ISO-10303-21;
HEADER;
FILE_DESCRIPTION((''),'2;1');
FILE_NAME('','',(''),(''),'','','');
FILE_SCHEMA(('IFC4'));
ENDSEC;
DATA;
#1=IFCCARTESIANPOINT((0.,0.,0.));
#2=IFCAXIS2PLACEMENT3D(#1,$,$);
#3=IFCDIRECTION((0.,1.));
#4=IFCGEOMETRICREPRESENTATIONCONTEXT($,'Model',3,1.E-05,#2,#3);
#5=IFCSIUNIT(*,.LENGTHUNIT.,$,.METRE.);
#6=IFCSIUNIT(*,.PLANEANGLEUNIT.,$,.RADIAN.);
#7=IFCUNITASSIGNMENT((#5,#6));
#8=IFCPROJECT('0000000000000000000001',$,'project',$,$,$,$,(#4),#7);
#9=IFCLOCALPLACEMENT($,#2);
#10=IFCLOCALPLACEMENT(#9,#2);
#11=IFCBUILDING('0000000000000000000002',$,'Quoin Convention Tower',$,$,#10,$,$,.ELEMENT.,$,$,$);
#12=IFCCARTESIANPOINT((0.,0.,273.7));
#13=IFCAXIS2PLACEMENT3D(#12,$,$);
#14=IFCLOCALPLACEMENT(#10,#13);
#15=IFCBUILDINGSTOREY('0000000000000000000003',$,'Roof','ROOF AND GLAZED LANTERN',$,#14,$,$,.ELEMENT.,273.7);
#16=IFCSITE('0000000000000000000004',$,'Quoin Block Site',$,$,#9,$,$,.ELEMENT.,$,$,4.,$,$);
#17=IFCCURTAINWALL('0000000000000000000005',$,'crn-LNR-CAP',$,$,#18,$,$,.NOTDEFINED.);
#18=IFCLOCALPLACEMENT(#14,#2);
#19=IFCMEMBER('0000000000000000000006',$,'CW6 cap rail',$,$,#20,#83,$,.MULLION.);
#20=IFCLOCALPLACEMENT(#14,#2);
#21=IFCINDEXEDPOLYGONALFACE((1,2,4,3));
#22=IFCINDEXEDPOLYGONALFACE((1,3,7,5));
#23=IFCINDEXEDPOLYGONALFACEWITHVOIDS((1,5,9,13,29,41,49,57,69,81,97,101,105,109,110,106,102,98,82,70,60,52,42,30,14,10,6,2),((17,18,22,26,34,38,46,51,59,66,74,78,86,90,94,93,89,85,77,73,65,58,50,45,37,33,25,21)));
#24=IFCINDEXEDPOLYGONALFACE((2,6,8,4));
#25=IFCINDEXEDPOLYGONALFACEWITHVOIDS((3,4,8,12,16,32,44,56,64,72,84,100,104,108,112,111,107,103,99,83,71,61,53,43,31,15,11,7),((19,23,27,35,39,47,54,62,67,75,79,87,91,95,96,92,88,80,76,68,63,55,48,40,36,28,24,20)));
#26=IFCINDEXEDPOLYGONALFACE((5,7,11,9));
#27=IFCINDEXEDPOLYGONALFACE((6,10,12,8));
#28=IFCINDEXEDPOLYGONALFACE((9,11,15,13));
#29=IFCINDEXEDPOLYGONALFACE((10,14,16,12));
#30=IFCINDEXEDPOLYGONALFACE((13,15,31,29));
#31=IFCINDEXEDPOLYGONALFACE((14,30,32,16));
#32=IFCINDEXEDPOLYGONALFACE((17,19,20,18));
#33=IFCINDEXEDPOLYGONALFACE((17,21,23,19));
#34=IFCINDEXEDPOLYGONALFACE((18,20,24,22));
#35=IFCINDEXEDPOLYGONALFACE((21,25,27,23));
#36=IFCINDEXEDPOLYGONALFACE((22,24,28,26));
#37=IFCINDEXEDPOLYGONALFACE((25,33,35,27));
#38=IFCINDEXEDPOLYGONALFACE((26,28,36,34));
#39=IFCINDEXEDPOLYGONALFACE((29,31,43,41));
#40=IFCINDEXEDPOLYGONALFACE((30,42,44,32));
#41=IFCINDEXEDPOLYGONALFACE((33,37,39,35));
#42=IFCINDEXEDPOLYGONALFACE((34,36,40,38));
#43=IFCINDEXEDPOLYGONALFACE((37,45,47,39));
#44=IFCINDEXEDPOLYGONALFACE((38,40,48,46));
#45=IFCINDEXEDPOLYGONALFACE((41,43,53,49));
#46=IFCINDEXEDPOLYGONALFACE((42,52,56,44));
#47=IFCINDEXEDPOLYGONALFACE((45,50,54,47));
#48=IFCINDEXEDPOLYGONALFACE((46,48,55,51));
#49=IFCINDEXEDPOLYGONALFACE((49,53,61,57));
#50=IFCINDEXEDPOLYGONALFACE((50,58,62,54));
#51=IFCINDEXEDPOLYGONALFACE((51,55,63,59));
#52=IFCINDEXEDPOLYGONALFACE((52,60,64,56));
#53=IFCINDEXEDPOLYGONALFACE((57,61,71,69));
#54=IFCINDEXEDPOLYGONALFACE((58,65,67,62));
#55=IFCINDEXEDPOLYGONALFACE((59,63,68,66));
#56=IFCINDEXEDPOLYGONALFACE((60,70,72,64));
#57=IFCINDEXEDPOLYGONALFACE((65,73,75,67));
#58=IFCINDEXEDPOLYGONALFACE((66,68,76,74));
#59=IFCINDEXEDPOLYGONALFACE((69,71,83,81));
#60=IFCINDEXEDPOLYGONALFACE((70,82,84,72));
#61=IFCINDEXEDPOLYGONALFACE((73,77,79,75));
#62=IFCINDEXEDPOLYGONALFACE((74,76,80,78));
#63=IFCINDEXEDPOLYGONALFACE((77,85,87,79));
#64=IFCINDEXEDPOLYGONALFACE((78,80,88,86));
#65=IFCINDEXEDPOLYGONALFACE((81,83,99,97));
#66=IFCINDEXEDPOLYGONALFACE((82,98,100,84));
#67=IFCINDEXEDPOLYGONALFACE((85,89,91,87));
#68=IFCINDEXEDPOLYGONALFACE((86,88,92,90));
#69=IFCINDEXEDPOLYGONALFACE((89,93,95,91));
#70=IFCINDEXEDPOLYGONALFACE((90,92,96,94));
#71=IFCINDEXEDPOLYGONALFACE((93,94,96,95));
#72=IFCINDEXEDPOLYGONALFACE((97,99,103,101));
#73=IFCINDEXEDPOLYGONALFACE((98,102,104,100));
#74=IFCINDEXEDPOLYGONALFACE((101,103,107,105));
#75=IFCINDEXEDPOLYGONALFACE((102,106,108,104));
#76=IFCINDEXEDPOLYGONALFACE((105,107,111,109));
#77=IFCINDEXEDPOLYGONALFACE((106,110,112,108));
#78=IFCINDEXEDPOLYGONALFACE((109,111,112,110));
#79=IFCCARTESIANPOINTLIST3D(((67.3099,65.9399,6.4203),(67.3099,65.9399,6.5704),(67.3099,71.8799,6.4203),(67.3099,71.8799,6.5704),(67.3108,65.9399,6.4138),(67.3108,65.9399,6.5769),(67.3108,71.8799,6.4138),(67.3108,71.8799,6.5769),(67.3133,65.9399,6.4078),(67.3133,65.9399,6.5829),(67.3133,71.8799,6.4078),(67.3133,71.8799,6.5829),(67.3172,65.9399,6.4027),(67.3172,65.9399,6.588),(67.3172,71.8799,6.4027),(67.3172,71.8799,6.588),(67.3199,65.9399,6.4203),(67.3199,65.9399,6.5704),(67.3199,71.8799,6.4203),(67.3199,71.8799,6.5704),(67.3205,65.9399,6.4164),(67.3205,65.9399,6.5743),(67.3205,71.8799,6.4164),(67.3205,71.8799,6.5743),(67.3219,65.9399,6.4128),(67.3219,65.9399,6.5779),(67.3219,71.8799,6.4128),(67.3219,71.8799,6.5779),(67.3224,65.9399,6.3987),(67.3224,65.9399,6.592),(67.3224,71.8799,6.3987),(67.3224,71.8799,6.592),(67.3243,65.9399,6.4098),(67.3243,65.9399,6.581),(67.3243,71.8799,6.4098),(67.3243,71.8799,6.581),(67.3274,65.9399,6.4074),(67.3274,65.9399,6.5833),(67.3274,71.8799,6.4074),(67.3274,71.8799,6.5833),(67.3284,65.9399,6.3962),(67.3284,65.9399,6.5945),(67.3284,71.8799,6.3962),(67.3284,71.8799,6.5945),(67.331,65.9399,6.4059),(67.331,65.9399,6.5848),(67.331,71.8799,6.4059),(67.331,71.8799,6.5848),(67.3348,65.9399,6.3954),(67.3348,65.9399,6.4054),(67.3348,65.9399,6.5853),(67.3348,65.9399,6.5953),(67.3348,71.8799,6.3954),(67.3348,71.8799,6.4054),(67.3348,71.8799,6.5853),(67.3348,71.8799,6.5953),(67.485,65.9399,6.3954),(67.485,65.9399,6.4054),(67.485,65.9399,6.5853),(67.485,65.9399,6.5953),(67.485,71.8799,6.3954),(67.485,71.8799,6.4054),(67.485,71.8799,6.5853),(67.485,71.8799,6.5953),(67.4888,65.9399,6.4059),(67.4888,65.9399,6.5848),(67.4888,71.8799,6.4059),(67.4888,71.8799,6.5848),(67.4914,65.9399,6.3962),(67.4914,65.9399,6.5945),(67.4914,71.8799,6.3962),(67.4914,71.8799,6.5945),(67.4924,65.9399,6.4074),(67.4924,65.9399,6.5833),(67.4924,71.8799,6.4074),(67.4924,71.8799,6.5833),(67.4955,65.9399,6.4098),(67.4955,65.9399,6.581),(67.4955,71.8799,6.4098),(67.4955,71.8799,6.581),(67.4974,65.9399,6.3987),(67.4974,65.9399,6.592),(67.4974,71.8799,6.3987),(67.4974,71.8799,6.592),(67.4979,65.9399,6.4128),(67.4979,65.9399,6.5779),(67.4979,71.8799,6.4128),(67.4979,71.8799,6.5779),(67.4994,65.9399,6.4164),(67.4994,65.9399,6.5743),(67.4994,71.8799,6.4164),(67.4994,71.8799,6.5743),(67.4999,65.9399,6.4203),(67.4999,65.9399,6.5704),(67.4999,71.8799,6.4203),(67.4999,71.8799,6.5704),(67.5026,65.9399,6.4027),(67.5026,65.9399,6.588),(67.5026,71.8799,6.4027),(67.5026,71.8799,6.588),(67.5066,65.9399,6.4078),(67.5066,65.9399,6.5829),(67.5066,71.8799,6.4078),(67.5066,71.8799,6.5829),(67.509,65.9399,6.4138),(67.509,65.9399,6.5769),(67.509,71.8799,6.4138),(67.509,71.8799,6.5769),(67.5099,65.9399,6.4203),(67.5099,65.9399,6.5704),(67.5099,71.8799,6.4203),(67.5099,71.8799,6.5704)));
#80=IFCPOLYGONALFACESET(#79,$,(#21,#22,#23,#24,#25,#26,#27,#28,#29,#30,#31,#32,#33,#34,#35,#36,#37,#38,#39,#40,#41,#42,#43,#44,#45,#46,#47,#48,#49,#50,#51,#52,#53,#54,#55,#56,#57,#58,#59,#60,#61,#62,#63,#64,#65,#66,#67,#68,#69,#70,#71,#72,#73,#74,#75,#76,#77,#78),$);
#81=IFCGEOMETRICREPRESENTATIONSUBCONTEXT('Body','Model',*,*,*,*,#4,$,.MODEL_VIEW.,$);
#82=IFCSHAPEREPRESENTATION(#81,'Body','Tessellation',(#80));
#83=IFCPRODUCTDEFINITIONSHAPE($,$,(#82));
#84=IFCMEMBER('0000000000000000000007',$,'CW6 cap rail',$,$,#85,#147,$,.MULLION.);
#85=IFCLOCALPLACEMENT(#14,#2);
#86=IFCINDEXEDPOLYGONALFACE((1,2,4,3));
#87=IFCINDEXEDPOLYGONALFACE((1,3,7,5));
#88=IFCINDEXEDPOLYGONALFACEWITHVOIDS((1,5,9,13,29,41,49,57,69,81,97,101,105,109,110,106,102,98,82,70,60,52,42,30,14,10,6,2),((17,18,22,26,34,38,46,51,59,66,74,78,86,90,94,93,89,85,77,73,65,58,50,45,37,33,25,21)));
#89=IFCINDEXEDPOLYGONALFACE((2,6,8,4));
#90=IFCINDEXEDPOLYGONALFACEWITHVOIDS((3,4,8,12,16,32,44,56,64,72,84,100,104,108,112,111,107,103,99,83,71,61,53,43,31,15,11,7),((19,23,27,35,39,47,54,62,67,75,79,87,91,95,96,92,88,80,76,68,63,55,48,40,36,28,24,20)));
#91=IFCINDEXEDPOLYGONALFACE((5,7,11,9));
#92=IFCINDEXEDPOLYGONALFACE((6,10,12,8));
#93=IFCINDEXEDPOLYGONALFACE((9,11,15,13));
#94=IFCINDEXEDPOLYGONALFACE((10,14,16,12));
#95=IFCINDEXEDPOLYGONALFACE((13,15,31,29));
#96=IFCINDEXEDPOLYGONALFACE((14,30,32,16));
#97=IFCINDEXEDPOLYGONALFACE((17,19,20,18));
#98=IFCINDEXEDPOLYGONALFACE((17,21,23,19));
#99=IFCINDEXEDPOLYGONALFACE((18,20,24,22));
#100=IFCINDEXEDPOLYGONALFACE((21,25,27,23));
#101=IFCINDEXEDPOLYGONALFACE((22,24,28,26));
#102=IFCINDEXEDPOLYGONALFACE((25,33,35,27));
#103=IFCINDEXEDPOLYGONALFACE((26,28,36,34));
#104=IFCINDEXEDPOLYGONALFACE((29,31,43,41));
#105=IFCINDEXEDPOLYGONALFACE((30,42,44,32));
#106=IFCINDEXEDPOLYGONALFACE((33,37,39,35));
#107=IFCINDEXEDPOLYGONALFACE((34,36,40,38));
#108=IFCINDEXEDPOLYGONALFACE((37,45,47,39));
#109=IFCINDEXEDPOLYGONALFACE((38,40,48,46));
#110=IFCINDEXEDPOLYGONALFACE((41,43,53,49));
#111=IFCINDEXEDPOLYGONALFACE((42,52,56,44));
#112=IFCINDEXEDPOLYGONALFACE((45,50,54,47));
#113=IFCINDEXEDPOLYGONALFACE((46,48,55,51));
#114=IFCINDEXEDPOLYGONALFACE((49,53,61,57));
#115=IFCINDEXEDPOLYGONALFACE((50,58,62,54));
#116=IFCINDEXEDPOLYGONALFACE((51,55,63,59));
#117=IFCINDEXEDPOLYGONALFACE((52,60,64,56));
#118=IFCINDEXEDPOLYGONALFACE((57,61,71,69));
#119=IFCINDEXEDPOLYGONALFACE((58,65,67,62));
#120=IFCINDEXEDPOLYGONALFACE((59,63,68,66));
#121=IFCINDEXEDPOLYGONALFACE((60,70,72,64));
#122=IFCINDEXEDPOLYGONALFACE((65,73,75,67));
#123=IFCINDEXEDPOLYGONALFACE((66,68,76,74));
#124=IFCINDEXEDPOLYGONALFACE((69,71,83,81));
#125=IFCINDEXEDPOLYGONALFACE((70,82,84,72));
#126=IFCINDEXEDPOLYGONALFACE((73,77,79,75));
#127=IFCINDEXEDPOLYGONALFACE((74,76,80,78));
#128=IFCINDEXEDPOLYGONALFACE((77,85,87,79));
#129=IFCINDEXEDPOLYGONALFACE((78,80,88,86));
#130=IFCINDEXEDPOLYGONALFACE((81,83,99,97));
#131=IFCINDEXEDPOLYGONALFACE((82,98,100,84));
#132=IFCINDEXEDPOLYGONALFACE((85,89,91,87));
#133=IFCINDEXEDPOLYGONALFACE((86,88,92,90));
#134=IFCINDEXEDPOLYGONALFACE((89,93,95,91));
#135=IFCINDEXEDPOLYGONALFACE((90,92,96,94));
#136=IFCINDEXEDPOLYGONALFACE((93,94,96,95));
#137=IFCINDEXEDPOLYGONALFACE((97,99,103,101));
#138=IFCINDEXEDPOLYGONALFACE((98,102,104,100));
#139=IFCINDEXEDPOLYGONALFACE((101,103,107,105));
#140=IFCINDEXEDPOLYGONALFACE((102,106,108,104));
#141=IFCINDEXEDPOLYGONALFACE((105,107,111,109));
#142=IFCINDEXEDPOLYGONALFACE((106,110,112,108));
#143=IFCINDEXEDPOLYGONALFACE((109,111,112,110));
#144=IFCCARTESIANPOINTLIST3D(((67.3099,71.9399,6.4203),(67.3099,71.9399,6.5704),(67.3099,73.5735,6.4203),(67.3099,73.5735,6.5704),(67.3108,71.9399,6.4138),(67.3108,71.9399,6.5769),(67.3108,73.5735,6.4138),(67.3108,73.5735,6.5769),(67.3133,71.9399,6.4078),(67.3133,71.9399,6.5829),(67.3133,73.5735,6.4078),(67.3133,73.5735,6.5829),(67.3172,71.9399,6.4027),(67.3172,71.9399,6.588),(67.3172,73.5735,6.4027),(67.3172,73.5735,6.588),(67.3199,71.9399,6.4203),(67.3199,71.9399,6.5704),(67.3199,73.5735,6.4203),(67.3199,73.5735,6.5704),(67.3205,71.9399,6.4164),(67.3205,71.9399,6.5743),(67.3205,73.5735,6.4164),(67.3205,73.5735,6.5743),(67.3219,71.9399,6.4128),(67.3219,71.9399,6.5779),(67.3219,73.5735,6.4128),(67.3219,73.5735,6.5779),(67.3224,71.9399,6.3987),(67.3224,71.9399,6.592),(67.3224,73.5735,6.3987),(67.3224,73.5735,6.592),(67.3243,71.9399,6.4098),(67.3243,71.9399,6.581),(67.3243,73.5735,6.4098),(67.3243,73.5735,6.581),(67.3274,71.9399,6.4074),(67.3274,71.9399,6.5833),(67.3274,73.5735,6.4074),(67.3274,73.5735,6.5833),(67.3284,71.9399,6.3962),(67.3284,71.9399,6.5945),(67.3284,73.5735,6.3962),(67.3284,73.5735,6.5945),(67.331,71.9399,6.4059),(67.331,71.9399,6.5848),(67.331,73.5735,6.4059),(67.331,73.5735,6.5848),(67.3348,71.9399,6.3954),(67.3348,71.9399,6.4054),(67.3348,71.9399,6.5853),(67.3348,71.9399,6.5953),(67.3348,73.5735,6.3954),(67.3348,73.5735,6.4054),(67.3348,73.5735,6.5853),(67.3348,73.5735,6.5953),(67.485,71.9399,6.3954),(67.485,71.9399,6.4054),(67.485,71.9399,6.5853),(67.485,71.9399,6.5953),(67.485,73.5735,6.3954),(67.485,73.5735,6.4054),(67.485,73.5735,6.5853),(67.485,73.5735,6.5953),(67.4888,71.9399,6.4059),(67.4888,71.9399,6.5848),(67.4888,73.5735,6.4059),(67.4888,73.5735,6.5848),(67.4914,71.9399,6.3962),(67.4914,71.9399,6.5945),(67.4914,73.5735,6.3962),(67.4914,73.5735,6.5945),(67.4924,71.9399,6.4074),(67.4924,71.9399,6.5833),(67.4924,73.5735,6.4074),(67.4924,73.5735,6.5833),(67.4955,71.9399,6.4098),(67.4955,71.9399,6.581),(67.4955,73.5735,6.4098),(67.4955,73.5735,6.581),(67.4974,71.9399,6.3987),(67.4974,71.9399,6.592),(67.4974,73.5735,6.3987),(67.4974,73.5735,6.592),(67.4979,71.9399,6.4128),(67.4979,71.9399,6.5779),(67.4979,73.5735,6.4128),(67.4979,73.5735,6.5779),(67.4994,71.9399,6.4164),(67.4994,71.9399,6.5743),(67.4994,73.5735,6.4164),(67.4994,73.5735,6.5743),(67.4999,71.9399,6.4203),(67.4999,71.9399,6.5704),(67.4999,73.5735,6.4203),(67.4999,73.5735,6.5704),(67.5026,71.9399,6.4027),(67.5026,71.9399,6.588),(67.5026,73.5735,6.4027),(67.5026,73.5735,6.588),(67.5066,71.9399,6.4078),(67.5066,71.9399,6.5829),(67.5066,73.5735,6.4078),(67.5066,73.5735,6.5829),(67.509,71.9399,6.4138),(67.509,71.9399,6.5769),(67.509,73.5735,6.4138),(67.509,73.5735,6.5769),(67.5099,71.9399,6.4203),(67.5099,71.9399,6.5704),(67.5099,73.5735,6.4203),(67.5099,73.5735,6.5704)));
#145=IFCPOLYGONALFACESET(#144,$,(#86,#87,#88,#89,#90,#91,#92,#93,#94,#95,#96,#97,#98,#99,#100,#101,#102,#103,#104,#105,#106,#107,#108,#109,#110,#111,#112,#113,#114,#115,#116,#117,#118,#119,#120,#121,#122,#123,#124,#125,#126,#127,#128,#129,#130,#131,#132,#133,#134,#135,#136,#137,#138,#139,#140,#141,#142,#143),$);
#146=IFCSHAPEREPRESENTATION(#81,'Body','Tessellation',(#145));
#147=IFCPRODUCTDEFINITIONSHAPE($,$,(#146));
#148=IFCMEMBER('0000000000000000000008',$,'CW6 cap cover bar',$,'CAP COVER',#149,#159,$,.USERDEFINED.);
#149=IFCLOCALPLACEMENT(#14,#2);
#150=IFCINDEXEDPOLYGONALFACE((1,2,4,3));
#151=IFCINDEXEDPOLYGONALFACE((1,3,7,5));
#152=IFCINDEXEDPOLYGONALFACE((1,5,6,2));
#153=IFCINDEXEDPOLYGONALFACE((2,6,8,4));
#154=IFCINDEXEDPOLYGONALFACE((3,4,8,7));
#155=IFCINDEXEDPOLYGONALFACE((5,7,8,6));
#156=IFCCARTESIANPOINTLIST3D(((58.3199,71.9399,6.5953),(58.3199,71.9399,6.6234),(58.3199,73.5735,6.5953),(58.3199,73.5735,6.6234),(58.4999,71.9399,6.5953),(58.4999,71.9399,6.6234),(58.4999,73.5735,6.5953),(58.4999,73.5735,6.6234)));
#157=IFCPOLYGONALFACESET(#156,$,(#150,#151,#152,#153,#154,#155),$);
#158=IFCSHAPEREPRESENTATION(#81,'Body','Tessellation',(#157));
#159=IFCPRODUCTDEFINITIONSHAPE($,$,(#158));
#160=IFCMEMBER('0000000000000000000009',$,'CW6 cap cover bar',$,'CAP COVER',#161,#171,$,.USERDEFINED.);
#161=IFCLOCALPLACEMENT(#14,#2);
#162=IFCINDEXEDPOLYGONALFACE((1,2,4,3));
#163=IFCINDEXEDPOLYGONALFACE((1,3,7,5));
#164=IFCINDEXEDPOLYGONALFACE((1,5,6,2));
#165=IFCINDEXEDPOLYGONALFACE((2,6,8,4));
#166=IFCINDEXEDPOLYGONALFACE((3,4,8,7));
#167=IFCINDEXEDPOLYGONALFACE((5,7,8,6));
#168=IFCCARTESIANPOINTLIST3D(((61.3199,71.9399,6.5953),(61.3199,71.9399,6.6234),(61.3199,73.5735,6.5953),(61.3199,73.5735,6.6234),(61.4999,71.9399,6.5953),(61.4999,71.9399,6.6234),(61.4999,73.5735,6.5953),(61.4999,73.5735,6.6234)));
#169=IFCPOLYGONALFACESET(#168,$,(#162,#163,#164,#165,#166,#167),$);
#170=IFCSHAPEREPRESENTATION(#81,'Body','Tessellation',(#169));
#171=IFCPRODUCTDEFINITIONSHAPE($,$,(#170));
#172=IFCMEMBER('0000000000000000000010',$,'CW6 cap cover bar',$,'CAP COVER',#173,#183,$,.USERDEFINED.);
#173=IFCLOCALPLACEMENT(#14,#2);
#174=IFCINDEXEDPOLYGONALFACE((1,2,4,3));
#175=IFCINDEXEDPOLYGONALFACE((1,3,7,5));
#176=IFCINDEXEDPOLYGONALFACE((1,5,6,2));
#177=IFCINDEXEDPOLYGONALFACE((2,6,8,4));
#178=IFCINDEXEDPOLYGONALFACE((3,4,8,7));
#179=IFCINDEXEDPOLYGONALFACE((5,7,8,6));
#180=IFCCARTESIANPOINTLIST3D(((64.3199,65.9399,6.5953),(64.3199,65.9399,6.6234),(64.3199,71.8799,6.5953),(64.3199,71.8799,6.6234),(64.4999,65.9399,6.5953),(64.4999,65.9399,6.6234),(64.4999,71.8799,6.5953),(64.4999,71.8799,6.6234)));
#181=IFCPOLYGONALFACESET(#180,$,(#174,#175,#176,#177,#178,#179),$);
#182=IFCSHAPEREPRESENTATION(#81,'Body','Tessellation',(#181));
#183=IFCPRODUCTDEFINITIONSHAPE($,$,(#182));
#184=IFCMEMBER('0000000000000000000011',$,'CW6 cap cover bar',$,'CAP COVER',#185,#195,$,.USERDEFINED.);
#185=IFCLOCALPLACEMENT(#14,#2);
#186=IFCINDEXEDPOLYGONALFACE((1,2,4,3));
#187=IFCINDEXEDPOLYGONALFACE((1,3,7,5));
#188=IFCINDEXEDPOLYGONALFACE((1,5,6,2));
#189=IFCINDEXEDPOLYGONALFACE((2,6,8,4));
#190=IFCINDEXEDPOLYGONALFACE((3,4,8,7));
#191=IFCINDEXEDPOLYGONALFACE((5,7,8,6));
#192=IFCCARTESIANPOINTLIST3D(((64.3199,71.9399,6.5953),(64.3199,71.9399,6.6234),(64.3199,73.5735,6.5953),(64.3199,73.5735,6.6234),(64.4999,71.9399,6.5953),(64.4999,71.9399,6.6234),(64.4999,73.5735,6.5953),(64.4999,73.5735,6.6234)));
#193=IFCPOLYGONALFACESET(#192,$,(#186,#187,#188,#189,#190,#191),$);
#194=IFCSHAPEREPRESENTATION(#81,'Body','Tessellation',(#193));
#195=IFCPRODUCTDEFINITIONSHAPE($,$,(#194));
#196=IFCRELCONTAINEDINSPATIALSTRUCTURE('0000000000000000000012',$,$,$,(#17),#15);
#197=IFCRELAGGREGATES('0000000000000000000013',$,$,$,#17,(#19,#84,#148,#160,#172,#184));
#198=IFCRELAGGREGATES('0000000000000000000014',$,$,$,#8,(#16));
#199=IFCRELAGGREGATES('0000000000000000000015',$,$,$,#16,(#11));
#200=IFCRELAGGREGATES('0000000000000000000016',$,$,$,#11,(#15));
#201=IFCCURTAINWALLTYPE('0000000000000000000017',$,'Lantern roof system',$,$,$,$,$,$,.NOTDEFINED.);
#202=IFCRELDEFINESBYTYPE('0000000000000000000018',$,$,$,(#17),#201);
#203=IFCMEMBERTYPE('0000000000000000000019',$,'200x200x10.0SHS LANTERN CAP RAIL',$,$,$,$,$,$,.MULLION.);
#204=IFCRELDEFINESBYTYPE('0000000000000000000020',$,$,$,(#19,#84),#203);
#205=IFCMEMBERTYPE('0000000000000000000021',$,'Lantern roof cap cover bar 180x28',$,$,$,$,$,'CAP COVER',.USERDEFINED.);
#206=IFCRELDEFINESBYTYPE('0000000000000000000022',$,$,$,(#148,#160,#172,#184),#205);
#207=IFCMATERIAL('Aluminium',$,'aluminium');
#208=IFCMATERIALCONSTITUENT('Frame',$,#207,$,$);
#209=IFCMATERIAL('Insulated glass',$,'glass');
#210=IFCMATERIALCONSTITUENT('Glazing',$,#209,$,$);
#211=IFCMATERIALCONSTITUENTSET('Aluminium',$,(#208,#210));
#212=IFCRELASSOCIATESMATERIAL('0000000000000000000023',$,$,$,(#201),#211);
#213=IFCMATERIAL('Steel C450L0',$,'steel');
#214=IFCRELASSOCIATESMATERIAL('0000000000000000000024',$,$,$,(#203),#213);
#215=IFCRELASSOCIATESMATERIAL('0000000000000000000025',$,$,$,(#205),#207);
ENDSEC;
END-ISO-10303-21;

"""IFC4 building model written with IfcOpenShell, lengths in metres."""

from ifc_helpers import new_model, si_unit, direction, frame, origin, origin_2d, place, context, subcontext, project, spatial, rectangle, hollow_rectangle, extrude, material, constituent, constituent_set, material_profile, profile_set, type_object, element, aggregate, save


model = new_model("IFC4")

# Units and contexts
model_context = context("Model", 3, precision=1e-05, world=origin(), true_north=direction((0.0, 1.0)))
body_context = subcontext(model_context, "Body", "Model", "MODEL_VIEW")
ifc_project = project(units=[si_unit("LENGTHUNIT", "METRE"), si_unit("PLANEANGLEUNIT", "RADIAN")], contexts=[model_context])

# Site, building, storey
site_placement = place(None, origin())
site = spatial("IfcSite", under=ifc_project, at=site_placement, Name="Quoin Block Site", CompositionType="ELEMENT", RefElevation=4.0)
building_placement = place(site_placement, origin())
building = spatial("IfcBuilding", under=site, at=building_placement, Name="Quoin Convention Tower", CompositionType="ELEMENT")
storey_placement = place(building_placement, frame((0.0, 0.0, 273.7)))
storey = spatial("IfcBuildingStorey", under=building, at=storey_placement, Name="Roof", Description="ROOF AND GLAZED LANTERN", CompositionType="ELEMENT", Elevation=273.7)

# Shared definitions
ifc_material_1 = material(Name="Steel C450L0", Category="steel")

# Curtain wall, members
ifc_material_2 = material(Name="Aluminium", Category="aluminium")
ifc_constituent_1 = constituent(ifc_material_2, Name="Frame")
ifc_material_3 = material(Name="Insulated glass", Category="glass")
ifc_constituent_2 = constituent(ifc_material_3, Name="Glazing")
ifc_constituent_set = constituent_set(constituents=[ifc_constituent_1, ifc_constituent_2], Name="Aluminium")
curtain_wall_type = type_object("IfcCurtainWallType", Name="Lantern roof system", PredefinedType="NOTDEFINED", material=ifc_constituent_set)
curtain_wall_placement = place(storey_placement, origin())
curtain_wall = element("IfcCurtainWall", 1, at=curtain_wall_placement, inside=storey, type_object=curtain_wall_type, Name="crn-LNR-CAP", PredefinedType="NOTDEFINED")
ifc_material_profile_1 = material_profile(ifc_material_1, hollow_rectangle(XDim=0.2, YDim=0.2, WallThickness=0.01, InnerFilletRadius=0.0149, OuterFilletRadius=0.0249, at=origin_2d()), Name="200x200x10.0SHS")
ifc_profile_set_1 = profile_set([ifc_material_profile_1], Name="Steel C450L0")
member_type_1 = type_object("IfcMemberType", Name="200x200x10.0SHS LANTERN CAP RAIL", PredefinedType="MULLION", material=ifc_profile_set_1)
member_1_placement = place(storey_placement, frame((67.4099, 65.9399, 6.4954), z_axis=(0.0, 1.0, 0.0), x_axis=(-1.0, 0.0, 0.0)))
member_1 = element("IfcMember", 2, at=member_1_placement, type_object=member_type_1, Name="CW6 cap rail", PredefinedType="MULLION", context=body_context, shape_type="SweptSolid", body=[
    extrude(hollow_rectangle(XDim=0.2, YDim=0.2, WallThickness=0.01, InnerFilletRadius=0.0149, OuterFilletRadius=0.0249, at=origin_2d()), origin(), (0.0, 0.0, 1.0), 5.9399),
])
member_2_placement = place(storey_placement, frame((67.4099, 71.9399, 6.4954), z_axis=(0.0, 1.0, 0.0), x_axis=(-1.0, 0.0, 0.0)))
member_2 = element("IfcMember", 3, at=member_2_placement, type_object=member_type_1, Name="CW6 cap rail", PredefinedType="MULLION", context=body_context, shape_type="SweptSolid", body=[
    extrude(hollow_rectangle(XDim=0.2, YDim=0.2, WallThickness=0.01, InnerFilletRadius=0.0149, OuterFilletRadius=0.0249, at=origin_2d()), origin(), (0.0, 0.0, 1.0), 1.6335),
])
ifc_material_profile_2 = material_profile(ifc_material_2, rectangle(XDim=0.0281, YDim=0.1799, at=origin_2d()), Name="Lantern roof cap cover bar 180x28")
ifc_profile_set_2 = profile_set([ifc_material_profile_2], Name="Aluminium")
member_type_2 = type_object("IfcMemberType", Name="Lantern roof cap cover bar 180x28", ElementType="CAP COVER", PredefinedType="USERDEFINED", material=ifc_profile_set_2)
member_3_placement = place(storey_placement, frame((58.4099, 71.9399, 6.6094), z_axis=(0.0, 1.0, 0.0), x_axis=(0.0, 0.0, 1.0)))
member_3 = element("IfcMember", 4, at=member_3_placement, type_object=member_type_2, Name="CW6 cap cover bar", ObjectType="CAP COVER", PredefinedType="USERDEFINED", context=body_context, shape_type="SweptSolid", body=[
    extrude(rectangle(XDim=0.0281, YDim=0.1799, at=origin_2d()), origin(), (0.0, 0.0, 1.0), 1.6335),
])
member_4_placement = place(storey_placement, frame((61.4099, 71.9399, 6.6094), z_axis=(0.0, 1.0, 0.0), x_axis=(0.0, 0.0, 1.0)))
member_4 = element("IfcMember", 5, at=member_4_placement, type_object=member_type_2, Name="CW6 cap cover bar", ObjectType="CAP COVER", PredefinedType="USERDEFINED", context=body_context, shape_type="SweptSolid", body=[
    extrude(rectangle(XDim=0.0281, YDim=0.1799, at=origin_2d()), origin(), (0.0, 0.0, 1.0), 1.6335),
])
member_5_placement = place(storey_placement, frame((64.4099, 65.9399, 6.6094), z_axis=(0.0, 1.0, 0.0), x_axis=(0.0, 0.0, 1.0)))
member_5 = element("IfcMember", 6, at=member_5_placement, type_object=member_type_2, Name="CW6 cap cover bar", ObjectType="CAP COVER", PredefinedType="USERDEFINED", context=body_context, shape_type="SweptSolid", body=[
    extrude(rectangle(XDim=0.0281, YDim=0.1799, at=origin_2d()), origin(), (0.0, 0.0, 1.0), 5.9399),
])
member_6_placement = place(storey_placement, frame((64.4099, 71.9399, 6.6094), z_axis=(0.0, 1.0, 0.0), x_axis=(0.0, 0.0, 1.0)))
member_6 = element("IfcMember", 7, at=member_6_placement, type_object=member_type_2, Name="CW6 cap cover bar", ObjectType="CAP COVER", PredefinedType="USERDEFINED", context=body_context, shape_type="SweptSolid", body=[
    extrude(rectangle(XDim=0.0281, YDim=0.1799, at=origin_2d()), origin(), (0.0, 0.0, 1.0), 1.6335),
])
aggregate(curtain_wall, [member_1, member_2, member_3, member_4, member_5, member_6])

save(model, "model.ifc")
